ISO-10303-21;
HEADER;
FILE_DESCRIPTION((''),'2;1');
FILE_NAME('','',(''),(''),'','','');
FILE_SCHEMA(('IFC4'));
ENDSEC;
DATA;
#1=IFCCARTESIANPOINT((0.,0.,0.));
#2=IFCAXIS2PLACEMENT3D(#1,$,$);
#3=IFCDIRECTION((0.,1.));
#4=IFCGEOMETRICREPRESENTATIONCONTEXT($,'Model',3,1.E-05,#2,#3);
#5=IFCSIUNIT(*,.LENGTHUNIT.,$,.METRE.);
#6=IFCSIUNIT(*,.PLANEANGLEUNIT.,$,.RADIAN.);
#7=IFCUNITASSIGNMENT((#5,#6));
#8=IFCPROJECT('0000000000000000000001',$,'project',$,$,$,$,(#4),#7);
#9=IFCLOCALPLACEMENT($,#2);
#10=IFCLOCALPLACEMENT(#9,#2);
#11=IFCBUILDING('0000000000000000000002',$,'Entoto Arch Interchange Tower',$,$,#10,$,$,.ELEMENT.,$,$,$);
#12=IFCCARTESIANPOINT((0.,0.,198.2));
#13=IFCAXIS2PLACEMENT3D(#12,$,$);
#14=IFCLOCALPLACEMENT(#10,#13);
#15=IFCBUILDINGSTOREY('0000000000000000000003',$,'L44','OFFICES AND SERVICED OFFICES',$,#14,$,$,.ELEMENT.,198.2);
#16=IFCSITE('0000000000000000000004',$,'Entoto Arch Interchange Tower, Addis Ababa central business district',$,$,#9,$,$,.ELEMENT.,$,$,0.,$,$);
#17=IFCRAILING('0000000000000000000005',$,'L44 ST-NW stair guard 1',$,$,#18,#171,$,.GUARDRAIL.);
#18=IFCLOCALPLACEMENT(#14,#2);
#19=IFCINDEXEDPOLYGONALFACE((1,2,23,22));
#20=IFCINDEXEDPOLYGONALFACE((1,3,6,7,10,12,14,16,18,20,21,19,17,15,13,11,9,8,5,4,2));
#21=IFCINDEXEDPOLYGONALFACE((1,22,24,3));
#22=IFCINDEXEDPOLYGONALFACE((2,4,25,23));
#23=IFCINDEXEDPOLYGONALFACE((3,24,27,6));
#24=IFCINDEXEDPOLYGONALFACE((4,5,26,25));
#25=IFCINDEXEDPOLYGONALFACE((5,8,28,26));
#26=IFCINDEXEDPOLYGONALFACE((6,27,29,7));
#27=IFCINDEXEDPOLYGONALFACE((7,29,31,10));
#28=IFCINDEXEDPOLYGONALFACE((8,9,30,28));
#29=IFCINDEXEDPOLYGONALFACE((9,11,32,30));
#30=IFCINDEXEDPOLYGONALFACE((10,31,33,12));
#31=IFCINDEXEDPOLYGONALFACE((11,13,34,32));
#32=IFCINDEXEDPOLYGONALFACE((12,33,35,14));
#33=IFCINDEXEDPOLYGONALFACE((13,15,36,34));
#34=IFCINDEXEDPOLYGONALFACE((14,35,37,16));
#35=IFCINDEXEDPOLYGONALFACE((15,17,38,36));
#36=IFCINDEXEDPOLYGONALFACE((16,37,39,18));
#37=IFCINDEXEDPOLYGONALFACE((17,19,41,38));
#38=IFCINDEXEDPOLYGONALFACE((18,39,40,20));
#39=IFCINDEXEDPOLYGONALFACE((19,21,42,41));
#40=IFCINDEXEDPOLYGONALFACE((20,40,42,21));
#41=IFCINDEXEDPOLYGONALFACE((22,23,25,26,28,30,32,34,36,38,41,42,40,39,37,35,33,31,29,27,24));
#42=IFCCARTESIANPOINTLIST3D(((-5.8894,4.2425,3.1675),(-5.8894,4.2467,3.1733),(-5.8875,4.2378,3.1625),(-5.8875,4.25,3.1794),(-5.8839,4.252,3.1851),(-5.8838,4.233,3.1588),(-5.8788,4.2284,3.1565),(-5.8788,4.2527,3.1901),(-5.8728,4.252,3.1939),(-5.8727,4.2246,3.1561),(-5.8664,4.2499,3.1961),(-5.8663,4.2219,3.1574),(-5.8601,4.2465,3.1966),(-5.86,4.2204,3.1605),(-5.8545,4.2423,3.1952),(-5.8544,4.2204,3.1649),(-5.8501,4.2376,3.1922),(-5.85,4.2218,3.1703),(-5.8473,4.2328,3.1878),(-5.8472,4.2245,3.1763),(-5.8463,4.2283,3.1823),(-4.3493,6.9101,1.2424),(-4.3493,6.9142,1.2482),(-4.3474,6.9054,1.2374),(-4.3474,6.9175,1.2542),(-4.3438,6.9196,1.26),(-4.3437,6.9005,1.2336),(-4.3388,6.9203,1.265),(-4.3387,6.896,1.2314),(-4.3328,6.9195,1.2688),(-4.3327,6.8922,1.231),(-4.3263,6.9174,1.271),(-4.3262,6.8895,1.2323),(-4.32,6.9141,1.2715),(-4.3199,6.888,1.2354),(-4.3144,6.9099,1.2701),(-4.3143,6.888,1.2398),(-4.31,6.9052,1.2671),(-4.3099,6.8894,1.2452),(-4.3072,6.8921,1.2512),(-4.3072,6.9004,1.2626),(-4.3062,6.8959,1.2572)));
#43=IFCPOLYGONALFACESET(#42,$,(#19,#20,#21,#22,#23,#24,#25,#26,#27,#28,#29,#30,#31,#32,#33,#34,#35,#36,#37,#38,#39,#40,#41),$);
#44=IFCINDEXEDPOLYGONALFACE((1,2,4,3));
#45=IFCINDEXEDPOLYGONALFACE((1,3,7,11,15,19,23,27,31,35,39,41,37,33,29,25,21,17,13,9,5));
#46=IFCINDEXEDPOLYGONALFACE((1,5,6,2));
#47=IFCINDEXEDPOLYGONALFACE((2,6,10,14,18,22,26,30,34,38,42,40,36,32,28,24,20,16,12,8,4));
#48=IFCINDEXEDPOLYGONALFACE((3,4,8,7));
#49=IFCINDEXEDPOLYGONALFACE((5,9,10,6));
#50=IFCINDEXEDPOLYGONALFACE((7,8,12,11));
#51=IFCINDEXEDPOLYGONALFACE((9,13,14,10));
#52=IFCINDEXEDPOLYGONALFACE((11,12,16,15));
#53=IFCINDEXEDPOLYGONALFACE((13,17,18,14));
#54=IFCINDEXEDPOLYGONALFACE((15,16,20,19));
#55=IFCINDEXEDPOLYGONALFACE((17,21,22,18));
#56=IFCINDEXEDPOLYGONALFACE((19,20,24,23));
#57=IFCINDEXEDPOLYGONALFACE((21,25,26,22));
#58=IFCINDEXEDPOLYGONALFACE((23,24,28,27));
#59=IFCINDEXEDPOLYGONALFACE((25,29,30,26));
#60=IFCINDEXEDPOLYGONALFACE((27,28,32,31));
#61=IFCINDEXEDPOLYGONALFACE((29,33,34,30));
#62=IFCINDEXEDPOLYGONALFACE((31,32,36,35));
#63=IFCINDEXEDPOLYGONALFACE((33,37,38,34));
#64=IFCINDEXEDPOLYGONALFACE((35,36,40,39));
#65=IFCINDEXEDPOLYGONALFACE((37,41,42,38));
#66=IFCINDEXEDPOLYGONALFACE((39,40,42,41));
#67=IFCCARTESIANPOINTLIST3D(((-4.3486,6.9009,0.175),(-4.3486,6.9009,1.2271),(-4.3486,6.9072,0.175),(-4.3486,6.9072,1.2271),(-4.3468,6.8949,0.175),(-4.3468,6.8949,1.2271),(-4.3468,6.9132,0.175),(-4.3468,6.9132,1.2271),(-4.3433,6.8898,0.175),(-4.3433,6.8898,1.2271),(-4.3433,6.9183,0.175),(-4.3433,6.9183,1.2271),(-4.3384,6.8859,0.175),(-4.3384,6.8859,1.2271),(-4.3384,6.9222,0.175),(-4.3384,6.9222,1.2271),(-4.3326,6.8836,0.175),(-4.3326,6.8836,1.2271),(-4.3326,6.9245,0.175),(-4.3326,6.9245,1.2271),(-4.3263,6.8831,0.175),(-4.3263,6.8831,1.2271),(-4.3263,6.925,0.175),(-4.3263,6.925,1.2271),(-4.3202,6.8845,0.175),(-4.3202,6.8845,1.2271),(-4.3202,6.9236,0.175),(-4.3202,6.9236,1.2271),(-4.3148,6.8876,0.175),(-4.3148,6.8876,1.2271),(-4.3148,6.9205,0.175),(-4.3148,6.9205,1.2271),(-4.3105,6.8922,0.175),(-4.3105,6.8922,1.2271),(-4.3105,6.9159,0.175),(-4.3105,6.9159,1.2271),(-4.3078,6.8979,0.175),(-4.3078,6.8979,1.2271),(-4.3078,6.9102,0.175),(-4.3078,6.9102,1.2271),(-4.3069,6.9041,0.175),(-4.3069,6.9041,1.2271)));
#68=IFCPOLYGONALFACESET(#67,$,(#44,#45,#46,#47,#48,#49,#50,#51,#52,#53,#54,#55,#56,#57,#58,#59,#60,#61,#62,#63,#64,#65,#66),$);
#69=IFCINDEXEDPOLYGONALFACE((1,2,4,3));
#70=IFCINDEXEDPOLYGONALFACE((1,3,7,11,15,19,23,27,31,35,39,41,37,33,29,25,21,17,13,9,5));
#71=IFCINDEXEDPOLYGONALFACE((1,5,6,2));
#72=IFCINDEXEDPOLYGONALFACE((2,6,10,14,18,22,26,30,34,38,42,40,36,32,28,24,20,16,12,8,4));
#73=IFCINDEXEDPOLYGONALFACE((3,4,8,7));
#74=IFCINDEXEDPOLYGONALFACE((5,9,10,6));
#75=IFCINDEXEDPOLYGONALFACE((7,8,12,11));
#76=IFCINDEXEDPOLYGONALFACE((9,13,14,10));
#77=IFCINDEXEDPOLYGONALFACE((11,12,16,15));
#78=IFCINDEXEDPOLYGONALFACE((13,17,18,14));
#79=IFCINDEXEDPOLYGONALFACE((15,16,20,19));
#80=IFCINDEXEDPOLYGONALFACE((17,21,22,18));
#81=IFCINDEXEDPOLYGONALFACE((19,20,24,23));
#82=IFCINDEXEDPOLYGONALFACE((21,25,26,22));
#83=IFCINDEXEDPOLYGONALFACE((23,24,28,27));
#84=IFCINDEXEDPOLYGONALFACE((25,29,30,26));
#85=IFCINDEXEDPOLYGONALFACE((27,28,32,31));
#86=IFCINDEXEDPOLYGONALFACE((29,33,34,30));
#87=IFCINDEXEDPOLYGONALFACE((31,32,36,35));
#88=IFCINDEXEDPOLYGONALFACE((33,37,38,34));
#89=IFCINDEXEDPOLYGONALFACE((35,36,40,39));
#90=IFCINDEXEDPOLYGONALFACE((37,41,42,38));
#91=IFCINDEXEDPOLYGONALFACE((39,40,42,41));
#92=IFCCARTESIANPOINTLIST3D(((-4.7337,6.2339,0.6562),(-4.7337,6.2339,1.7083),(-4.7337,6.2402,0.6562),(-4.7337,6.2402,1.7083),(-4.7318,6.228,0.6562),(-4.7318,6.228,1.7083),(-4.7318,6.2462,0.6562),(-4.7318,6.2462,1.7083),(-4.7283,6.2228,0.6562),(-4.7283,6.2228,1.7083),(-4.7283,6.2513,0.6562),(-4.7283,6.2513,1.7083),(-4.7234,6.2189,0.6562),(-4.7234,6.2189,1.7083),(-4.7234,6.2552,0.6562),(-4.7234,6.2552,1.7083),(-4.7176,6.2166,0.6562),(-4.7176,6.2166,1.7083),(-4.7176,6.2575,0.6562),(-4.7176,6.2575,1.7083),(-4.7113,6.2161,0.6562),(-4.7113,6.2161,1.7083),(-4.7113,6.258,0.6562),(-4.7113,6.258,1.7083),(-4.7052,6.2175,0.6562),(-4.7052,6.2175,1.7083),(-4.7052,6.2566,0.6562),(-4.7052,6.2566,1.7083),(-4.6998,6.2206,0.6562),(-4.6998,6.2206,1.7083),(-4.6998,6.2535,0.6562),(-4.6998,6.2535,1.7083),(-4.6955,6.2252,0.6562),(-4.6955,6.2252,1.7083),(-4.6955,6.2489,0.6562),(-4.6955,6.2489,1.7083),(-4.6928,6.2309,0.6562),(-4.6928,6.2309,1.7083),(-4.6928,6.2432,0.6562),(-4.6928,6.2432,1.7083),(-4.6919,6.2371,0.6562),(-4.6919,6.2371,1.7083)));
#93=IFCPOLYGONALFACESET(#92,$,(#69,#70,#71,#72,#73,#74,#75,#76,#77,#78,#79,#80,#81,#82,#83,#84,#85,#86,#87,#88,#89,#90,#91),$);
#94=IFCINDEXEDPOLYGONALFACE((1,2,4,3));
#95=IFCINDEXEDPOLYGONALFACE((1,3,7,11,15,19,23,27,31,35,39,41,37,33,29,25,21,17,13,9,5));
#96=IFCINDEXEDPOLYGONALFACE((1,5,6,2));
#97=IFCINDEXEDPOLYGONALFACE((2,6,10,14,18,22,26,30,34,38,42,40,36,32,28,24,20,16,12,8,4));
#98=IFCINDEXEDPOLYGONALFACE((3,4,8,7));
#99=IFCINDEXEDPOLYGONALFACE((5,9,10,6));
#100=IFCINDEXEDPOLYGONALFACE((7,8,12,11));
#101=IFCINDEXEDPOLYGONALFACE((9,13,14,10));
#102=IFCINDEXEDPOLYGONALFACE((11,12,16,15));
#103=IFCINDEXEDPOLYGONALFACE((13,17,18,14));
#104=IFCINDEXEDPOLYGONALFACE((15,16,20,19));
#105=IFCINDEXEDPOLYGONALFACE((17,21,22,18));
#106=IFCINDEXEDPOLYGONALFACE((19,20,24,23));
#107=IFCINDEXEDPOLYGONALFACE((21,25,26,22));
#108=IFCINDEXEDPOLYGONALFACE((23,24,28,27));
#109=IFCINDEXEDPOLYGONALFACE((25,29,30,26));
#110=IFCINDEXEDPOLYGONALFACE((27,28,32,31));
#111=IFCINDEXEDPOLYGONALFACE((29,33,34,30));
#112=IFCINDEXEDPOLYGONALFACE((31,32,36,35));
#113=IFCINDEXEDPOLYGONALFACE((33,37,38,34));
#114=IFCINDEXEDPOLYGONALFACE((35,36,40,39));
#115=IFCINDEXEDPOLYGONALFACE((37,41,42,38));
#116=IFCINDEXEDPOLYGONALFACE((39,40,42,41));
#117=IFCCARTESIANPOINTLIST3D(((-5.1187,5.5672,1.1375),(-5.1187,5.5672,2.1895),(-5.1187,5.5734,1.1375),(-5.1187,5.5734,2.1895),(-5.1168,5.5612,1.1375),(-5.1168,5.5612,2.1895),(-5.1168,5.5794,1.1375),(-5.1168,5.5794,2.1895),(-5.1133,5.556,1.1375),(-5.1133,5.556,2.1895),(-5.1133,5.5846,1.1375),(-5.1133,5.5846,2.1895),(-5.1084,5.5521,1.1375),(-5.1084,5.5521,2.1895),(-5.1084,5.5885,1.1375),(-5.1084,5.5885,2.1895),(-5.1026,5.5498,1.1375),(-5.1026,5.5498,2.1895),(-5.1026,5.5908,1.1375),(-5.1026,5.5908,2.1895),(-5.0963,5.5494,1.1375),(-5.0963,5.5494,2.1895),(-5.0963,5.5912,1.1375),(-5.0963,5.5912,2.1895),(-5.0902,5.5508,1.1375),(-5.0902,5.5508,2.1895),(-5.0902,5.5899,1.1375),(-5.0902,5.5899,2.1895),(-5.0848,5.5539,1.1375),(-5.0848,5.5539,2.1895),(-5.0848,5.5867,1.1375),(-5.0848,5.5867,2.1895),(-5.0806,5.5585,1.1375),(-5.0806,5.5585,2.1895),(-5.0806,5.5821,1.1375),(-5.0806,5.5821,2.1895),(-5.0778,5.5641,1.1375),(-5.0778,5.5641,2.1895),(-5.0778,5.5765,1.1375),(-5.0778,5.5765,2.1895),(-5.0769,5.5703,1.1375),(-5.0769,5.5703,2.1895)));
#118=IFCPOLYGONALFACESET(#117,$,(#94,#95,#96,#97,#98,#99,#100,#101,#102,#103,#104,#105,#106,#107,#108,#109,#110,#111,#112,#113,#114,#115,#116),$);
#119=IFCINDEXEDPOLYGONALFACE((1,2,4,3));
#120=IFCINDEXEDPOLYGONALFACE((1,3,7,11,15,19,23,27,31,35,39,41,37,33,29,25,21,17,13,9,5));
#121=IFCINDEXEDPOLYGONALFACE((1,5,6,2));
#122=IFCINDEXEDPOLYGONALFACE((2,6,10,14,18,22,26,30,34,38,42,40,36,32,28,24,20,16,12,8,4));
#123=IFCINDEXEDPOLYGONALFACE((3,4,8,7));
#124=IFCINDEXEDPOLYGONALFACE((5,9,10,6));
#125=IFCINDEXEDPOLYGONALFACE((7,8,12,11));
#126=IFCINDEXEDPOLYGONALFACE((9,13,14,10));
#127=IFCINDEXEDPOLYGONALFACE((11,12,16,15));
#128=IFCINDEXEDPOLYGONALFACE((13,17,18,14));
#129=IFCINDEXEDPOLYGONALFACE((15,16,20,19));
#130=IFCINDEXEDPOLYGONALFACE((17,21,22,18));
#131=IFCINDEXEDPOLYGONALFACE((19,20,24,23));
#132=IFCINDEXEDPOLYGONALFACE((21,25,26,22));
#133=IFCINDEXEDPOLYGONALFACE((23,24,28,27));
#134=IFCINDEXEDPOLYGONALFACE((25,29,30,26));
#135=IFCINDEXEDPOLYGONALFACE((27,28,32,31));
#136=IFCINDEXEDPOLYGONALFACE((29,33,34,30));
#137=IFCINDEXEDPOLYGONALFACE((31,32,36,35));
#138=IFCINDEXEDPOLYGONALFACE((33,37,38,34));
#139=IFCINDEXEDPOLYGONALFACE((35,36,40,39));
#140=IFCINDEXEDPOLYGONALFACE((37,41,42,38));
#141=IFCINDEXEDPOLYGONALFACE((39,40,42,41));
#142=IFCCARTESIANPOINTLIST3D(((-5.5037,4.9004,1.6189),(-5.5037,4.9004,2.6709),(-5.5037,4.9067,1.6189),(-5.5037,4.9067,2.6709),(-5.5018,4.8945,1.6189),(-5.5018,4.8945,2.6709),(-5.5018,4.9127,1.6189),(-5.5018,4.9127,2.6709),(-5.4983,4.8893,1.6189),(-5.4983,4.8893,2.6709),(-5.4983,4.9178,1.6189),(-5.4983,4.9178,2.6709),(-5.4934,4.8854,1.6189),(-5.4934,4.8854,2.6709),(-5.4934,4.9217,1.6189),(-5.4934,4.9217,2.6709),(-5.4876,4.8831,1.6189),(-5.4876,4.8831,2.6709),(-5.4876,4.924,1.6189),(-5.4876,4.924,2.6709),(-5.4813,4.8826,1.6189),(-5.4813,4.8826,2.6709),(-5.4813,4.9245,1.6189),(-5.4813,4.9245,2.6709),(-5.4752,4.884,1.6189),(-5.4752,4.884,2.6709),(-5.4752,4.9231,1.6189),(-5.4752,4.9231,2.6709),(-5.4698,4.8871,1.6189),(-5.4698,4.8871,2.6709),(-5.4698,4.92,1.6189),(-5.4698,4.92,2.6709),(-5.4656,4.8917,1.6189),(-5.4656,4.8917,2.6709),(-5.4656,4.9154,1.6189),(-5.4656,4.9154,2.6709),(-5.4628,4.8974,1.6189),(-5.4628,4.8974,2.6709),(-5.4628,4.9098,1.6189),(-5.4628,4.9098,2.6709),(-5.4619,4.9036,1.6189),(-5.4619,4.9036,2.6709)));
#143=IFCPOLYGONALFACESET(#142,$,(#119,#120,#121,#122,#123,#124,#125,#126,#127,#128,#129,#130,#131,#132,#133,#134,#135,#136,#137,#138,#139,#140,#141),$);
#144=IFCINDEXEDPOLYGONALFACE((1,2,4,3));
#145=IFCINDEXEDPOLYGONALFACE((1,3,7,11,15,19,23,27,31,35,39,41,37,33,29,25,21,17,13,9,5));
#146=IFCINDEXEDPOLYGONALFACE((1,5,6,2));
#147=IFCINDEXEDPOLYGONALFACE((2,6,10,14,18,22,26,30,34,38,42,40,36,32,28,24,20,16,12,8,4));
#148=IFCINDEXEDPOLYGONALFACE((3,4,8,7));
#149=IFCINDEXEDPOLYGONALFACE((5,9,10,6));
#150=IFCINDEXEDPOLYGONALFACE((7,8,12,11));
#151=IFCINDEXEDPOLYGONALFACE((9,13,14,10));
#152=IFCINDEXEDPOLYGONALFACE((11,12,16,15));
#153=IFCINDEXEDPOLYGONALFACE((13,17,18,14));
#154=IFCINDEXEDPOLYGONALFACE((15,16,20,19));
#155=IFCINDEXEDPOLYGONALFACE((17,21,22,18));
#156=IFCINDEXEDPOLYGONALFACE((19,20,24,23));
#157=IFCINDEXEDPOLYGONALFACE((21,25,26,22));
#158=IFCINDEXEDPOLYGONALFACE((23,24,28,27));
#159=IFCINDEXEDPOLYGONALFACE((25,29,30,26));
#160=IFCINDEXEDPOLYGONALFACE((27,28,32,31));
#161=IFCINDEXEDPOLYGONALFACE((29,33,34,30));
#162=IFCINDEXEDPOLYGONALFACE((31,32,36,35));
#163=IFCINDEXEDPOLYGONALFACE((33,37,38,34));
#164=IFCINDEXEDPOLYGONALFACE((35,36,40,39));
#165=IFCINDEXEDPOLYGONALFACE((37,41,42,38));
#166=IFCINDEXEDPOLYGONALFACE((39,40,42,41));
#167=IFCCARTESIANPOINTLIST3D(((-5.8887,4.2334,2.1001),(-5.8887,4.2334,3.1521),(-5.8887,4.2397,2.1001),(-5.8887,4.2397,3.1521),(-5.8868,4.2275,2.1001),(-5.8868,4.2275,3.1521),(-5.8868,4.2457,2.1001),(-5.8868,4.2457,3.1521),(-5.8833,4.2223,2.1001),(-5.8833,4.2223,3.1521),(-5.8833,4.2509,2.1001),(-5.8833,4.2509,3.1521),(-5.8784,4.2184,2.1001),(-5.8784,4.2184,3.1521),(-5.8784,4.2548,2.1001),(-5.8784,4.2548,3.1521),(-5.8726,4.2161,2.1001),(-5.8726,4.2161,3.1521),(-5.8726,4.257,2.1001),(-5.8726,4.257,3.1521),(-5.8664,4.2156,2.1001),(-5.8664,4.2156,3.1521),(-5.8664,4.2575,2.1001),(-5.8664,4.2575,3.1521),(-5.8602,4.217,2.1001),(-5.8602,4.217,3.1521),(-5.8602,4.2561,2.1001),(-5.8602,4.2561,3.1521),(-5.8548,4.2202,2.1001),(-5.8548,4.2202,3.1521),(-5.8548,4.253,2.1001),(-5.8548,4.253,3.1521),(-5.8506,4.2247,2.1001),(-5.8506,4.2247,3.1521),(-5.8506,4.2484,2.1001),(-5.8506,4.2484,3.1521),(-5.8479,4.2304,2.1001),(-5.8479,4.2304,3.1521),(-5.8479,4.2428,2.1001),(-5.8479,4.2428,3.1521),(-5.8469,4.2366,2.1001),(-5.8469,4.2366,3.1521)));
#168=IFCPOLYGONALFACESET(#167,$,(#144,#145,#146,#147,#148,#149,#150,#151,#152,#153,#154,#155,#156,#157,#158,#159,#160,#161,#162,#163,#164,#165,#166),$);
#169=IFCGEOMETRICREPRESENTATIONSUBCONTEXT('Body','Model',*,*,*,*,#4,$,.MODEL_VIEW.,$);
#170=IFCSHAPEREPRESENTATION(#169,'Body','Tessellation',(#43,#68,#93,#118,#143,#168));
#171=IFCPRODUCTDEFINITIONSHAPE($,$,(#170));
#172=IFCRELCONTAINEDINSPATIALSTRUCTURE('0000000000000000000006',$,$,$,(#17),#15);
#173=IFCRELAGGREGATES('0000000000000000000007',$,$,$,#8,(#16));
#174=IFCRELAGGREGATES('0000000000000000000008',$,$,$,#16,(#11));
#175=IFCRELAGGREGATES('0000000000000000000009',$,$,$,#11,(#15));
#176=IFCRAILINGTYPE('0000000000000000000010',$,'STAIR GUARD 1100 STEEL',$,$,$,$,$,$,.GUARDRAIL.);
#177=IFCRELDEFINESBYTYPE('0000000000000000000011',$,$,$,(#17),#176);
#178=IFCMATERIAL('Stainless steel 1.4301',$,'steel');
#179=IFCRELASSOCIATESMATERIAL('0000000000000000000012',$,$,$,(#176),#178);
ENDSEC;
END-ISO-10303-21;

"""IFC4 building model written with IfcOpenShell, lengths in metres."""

from ifc_helpers import new_model, si_unit, direction, frame, origin, origin_2d, place, context, subcontext, project, spatial, circle, extrude, material, type_object, element, save


model = new_model("IFC4")

# Units and contexts
model_context = context("Model", 3, precision=1e-05, world=origin(), true_north=direction((0.0, 1.0)))
body_context = subcontext(model_context, "Body", "Model", "MODEL_VIEW")
ifc_project = project(units=[si_unit("LENGTHUNIT", "METRE"), si_unit("PLANEANGLEUNIT", "RADIAN")], contexts=[model_context])

# Site, building, storey
site_placement = place(None, origin())
site = spatial("IfcSite", under=ifc_project, at=site_placement, Name="Entoto Arch Interchange Tower, Addis Ababa central business district", CompositionType="ELEMENT", RefElevation=0.0)
building_placement = place(site_placement, origin())
building = spatial("IfcBuilding", under=site, at=building_placement, Name="Entoto Arch Interchange Tower", CompositionType="ELEMENT")
storey_placement = place(building_placement, frame((0.0, 0.0, 198.2)))
storey = spatial("IfcBuildingStorey", under=building, at=storey_placement, Name="L44", Description="OFFICES AND SERVICED OFFICES", CompositionType="ELEMENT", Elevation=198.2)

# Railing
ifc_material_1 = material(Name="Stainless steel 1.4301", Category="steel")
railing_type_1 = type_object("IfcRailingType", Name="STAIR GUARD 1100 STEEL", PredefinedType="GUARDRAIL", material=ifc_material_1)
railing_1_placement = place(storey_placement, frame((-4.3279, 6.9041, 0.175)))
element("IfcRailing", 1, at=railing_1_placement, inside=storey, type_object=railing_type_1, Name="L44 ST-NW stair guard 1", PredefinedType="GUARDRAIL", context=body_context, shape_type="SweptSolid", body=[
    extrude(circle(Radius=0.0239, at=origin_2d()), frame((0.0, 0.0, 1.0762), z_axis=(-0.423994, -0.734395, 0.529993), x_axis=(0.86603, -0.499992, 0.0)), (0.0, 0.0, 1.0), 3.6323),
    extrude(circle(Radius=0.021, at=origin_2d()), origin(), (0.0, 0.0, 1.0), 1.052),
    extrude(circle(Radius=0.021, at=origin_2d()), frame((-0.385, -0.667, 0.4812)), (0.0, 0.0, 1.0), 1.052),
    extrude(circle(Radius=0.021, at=origin_2d()), frame((-0.77, -1.3337, 0.9624)), (0.0, 0.0, 1.0), 1.052),
    extrude(circle(Radius=0.021, at=origin_2d()), frame((-1.155, -2.0005, 1.4438)), (0.0, 0.0, 1.0), 1.052),
    extrude(circle(Radius=0.021, at=origin_2d()), frame((-1.54, -2.6675, 1.925)), (0.0, 0.0, 1.0), 1.052),
])

save(model, "model.ifc")
